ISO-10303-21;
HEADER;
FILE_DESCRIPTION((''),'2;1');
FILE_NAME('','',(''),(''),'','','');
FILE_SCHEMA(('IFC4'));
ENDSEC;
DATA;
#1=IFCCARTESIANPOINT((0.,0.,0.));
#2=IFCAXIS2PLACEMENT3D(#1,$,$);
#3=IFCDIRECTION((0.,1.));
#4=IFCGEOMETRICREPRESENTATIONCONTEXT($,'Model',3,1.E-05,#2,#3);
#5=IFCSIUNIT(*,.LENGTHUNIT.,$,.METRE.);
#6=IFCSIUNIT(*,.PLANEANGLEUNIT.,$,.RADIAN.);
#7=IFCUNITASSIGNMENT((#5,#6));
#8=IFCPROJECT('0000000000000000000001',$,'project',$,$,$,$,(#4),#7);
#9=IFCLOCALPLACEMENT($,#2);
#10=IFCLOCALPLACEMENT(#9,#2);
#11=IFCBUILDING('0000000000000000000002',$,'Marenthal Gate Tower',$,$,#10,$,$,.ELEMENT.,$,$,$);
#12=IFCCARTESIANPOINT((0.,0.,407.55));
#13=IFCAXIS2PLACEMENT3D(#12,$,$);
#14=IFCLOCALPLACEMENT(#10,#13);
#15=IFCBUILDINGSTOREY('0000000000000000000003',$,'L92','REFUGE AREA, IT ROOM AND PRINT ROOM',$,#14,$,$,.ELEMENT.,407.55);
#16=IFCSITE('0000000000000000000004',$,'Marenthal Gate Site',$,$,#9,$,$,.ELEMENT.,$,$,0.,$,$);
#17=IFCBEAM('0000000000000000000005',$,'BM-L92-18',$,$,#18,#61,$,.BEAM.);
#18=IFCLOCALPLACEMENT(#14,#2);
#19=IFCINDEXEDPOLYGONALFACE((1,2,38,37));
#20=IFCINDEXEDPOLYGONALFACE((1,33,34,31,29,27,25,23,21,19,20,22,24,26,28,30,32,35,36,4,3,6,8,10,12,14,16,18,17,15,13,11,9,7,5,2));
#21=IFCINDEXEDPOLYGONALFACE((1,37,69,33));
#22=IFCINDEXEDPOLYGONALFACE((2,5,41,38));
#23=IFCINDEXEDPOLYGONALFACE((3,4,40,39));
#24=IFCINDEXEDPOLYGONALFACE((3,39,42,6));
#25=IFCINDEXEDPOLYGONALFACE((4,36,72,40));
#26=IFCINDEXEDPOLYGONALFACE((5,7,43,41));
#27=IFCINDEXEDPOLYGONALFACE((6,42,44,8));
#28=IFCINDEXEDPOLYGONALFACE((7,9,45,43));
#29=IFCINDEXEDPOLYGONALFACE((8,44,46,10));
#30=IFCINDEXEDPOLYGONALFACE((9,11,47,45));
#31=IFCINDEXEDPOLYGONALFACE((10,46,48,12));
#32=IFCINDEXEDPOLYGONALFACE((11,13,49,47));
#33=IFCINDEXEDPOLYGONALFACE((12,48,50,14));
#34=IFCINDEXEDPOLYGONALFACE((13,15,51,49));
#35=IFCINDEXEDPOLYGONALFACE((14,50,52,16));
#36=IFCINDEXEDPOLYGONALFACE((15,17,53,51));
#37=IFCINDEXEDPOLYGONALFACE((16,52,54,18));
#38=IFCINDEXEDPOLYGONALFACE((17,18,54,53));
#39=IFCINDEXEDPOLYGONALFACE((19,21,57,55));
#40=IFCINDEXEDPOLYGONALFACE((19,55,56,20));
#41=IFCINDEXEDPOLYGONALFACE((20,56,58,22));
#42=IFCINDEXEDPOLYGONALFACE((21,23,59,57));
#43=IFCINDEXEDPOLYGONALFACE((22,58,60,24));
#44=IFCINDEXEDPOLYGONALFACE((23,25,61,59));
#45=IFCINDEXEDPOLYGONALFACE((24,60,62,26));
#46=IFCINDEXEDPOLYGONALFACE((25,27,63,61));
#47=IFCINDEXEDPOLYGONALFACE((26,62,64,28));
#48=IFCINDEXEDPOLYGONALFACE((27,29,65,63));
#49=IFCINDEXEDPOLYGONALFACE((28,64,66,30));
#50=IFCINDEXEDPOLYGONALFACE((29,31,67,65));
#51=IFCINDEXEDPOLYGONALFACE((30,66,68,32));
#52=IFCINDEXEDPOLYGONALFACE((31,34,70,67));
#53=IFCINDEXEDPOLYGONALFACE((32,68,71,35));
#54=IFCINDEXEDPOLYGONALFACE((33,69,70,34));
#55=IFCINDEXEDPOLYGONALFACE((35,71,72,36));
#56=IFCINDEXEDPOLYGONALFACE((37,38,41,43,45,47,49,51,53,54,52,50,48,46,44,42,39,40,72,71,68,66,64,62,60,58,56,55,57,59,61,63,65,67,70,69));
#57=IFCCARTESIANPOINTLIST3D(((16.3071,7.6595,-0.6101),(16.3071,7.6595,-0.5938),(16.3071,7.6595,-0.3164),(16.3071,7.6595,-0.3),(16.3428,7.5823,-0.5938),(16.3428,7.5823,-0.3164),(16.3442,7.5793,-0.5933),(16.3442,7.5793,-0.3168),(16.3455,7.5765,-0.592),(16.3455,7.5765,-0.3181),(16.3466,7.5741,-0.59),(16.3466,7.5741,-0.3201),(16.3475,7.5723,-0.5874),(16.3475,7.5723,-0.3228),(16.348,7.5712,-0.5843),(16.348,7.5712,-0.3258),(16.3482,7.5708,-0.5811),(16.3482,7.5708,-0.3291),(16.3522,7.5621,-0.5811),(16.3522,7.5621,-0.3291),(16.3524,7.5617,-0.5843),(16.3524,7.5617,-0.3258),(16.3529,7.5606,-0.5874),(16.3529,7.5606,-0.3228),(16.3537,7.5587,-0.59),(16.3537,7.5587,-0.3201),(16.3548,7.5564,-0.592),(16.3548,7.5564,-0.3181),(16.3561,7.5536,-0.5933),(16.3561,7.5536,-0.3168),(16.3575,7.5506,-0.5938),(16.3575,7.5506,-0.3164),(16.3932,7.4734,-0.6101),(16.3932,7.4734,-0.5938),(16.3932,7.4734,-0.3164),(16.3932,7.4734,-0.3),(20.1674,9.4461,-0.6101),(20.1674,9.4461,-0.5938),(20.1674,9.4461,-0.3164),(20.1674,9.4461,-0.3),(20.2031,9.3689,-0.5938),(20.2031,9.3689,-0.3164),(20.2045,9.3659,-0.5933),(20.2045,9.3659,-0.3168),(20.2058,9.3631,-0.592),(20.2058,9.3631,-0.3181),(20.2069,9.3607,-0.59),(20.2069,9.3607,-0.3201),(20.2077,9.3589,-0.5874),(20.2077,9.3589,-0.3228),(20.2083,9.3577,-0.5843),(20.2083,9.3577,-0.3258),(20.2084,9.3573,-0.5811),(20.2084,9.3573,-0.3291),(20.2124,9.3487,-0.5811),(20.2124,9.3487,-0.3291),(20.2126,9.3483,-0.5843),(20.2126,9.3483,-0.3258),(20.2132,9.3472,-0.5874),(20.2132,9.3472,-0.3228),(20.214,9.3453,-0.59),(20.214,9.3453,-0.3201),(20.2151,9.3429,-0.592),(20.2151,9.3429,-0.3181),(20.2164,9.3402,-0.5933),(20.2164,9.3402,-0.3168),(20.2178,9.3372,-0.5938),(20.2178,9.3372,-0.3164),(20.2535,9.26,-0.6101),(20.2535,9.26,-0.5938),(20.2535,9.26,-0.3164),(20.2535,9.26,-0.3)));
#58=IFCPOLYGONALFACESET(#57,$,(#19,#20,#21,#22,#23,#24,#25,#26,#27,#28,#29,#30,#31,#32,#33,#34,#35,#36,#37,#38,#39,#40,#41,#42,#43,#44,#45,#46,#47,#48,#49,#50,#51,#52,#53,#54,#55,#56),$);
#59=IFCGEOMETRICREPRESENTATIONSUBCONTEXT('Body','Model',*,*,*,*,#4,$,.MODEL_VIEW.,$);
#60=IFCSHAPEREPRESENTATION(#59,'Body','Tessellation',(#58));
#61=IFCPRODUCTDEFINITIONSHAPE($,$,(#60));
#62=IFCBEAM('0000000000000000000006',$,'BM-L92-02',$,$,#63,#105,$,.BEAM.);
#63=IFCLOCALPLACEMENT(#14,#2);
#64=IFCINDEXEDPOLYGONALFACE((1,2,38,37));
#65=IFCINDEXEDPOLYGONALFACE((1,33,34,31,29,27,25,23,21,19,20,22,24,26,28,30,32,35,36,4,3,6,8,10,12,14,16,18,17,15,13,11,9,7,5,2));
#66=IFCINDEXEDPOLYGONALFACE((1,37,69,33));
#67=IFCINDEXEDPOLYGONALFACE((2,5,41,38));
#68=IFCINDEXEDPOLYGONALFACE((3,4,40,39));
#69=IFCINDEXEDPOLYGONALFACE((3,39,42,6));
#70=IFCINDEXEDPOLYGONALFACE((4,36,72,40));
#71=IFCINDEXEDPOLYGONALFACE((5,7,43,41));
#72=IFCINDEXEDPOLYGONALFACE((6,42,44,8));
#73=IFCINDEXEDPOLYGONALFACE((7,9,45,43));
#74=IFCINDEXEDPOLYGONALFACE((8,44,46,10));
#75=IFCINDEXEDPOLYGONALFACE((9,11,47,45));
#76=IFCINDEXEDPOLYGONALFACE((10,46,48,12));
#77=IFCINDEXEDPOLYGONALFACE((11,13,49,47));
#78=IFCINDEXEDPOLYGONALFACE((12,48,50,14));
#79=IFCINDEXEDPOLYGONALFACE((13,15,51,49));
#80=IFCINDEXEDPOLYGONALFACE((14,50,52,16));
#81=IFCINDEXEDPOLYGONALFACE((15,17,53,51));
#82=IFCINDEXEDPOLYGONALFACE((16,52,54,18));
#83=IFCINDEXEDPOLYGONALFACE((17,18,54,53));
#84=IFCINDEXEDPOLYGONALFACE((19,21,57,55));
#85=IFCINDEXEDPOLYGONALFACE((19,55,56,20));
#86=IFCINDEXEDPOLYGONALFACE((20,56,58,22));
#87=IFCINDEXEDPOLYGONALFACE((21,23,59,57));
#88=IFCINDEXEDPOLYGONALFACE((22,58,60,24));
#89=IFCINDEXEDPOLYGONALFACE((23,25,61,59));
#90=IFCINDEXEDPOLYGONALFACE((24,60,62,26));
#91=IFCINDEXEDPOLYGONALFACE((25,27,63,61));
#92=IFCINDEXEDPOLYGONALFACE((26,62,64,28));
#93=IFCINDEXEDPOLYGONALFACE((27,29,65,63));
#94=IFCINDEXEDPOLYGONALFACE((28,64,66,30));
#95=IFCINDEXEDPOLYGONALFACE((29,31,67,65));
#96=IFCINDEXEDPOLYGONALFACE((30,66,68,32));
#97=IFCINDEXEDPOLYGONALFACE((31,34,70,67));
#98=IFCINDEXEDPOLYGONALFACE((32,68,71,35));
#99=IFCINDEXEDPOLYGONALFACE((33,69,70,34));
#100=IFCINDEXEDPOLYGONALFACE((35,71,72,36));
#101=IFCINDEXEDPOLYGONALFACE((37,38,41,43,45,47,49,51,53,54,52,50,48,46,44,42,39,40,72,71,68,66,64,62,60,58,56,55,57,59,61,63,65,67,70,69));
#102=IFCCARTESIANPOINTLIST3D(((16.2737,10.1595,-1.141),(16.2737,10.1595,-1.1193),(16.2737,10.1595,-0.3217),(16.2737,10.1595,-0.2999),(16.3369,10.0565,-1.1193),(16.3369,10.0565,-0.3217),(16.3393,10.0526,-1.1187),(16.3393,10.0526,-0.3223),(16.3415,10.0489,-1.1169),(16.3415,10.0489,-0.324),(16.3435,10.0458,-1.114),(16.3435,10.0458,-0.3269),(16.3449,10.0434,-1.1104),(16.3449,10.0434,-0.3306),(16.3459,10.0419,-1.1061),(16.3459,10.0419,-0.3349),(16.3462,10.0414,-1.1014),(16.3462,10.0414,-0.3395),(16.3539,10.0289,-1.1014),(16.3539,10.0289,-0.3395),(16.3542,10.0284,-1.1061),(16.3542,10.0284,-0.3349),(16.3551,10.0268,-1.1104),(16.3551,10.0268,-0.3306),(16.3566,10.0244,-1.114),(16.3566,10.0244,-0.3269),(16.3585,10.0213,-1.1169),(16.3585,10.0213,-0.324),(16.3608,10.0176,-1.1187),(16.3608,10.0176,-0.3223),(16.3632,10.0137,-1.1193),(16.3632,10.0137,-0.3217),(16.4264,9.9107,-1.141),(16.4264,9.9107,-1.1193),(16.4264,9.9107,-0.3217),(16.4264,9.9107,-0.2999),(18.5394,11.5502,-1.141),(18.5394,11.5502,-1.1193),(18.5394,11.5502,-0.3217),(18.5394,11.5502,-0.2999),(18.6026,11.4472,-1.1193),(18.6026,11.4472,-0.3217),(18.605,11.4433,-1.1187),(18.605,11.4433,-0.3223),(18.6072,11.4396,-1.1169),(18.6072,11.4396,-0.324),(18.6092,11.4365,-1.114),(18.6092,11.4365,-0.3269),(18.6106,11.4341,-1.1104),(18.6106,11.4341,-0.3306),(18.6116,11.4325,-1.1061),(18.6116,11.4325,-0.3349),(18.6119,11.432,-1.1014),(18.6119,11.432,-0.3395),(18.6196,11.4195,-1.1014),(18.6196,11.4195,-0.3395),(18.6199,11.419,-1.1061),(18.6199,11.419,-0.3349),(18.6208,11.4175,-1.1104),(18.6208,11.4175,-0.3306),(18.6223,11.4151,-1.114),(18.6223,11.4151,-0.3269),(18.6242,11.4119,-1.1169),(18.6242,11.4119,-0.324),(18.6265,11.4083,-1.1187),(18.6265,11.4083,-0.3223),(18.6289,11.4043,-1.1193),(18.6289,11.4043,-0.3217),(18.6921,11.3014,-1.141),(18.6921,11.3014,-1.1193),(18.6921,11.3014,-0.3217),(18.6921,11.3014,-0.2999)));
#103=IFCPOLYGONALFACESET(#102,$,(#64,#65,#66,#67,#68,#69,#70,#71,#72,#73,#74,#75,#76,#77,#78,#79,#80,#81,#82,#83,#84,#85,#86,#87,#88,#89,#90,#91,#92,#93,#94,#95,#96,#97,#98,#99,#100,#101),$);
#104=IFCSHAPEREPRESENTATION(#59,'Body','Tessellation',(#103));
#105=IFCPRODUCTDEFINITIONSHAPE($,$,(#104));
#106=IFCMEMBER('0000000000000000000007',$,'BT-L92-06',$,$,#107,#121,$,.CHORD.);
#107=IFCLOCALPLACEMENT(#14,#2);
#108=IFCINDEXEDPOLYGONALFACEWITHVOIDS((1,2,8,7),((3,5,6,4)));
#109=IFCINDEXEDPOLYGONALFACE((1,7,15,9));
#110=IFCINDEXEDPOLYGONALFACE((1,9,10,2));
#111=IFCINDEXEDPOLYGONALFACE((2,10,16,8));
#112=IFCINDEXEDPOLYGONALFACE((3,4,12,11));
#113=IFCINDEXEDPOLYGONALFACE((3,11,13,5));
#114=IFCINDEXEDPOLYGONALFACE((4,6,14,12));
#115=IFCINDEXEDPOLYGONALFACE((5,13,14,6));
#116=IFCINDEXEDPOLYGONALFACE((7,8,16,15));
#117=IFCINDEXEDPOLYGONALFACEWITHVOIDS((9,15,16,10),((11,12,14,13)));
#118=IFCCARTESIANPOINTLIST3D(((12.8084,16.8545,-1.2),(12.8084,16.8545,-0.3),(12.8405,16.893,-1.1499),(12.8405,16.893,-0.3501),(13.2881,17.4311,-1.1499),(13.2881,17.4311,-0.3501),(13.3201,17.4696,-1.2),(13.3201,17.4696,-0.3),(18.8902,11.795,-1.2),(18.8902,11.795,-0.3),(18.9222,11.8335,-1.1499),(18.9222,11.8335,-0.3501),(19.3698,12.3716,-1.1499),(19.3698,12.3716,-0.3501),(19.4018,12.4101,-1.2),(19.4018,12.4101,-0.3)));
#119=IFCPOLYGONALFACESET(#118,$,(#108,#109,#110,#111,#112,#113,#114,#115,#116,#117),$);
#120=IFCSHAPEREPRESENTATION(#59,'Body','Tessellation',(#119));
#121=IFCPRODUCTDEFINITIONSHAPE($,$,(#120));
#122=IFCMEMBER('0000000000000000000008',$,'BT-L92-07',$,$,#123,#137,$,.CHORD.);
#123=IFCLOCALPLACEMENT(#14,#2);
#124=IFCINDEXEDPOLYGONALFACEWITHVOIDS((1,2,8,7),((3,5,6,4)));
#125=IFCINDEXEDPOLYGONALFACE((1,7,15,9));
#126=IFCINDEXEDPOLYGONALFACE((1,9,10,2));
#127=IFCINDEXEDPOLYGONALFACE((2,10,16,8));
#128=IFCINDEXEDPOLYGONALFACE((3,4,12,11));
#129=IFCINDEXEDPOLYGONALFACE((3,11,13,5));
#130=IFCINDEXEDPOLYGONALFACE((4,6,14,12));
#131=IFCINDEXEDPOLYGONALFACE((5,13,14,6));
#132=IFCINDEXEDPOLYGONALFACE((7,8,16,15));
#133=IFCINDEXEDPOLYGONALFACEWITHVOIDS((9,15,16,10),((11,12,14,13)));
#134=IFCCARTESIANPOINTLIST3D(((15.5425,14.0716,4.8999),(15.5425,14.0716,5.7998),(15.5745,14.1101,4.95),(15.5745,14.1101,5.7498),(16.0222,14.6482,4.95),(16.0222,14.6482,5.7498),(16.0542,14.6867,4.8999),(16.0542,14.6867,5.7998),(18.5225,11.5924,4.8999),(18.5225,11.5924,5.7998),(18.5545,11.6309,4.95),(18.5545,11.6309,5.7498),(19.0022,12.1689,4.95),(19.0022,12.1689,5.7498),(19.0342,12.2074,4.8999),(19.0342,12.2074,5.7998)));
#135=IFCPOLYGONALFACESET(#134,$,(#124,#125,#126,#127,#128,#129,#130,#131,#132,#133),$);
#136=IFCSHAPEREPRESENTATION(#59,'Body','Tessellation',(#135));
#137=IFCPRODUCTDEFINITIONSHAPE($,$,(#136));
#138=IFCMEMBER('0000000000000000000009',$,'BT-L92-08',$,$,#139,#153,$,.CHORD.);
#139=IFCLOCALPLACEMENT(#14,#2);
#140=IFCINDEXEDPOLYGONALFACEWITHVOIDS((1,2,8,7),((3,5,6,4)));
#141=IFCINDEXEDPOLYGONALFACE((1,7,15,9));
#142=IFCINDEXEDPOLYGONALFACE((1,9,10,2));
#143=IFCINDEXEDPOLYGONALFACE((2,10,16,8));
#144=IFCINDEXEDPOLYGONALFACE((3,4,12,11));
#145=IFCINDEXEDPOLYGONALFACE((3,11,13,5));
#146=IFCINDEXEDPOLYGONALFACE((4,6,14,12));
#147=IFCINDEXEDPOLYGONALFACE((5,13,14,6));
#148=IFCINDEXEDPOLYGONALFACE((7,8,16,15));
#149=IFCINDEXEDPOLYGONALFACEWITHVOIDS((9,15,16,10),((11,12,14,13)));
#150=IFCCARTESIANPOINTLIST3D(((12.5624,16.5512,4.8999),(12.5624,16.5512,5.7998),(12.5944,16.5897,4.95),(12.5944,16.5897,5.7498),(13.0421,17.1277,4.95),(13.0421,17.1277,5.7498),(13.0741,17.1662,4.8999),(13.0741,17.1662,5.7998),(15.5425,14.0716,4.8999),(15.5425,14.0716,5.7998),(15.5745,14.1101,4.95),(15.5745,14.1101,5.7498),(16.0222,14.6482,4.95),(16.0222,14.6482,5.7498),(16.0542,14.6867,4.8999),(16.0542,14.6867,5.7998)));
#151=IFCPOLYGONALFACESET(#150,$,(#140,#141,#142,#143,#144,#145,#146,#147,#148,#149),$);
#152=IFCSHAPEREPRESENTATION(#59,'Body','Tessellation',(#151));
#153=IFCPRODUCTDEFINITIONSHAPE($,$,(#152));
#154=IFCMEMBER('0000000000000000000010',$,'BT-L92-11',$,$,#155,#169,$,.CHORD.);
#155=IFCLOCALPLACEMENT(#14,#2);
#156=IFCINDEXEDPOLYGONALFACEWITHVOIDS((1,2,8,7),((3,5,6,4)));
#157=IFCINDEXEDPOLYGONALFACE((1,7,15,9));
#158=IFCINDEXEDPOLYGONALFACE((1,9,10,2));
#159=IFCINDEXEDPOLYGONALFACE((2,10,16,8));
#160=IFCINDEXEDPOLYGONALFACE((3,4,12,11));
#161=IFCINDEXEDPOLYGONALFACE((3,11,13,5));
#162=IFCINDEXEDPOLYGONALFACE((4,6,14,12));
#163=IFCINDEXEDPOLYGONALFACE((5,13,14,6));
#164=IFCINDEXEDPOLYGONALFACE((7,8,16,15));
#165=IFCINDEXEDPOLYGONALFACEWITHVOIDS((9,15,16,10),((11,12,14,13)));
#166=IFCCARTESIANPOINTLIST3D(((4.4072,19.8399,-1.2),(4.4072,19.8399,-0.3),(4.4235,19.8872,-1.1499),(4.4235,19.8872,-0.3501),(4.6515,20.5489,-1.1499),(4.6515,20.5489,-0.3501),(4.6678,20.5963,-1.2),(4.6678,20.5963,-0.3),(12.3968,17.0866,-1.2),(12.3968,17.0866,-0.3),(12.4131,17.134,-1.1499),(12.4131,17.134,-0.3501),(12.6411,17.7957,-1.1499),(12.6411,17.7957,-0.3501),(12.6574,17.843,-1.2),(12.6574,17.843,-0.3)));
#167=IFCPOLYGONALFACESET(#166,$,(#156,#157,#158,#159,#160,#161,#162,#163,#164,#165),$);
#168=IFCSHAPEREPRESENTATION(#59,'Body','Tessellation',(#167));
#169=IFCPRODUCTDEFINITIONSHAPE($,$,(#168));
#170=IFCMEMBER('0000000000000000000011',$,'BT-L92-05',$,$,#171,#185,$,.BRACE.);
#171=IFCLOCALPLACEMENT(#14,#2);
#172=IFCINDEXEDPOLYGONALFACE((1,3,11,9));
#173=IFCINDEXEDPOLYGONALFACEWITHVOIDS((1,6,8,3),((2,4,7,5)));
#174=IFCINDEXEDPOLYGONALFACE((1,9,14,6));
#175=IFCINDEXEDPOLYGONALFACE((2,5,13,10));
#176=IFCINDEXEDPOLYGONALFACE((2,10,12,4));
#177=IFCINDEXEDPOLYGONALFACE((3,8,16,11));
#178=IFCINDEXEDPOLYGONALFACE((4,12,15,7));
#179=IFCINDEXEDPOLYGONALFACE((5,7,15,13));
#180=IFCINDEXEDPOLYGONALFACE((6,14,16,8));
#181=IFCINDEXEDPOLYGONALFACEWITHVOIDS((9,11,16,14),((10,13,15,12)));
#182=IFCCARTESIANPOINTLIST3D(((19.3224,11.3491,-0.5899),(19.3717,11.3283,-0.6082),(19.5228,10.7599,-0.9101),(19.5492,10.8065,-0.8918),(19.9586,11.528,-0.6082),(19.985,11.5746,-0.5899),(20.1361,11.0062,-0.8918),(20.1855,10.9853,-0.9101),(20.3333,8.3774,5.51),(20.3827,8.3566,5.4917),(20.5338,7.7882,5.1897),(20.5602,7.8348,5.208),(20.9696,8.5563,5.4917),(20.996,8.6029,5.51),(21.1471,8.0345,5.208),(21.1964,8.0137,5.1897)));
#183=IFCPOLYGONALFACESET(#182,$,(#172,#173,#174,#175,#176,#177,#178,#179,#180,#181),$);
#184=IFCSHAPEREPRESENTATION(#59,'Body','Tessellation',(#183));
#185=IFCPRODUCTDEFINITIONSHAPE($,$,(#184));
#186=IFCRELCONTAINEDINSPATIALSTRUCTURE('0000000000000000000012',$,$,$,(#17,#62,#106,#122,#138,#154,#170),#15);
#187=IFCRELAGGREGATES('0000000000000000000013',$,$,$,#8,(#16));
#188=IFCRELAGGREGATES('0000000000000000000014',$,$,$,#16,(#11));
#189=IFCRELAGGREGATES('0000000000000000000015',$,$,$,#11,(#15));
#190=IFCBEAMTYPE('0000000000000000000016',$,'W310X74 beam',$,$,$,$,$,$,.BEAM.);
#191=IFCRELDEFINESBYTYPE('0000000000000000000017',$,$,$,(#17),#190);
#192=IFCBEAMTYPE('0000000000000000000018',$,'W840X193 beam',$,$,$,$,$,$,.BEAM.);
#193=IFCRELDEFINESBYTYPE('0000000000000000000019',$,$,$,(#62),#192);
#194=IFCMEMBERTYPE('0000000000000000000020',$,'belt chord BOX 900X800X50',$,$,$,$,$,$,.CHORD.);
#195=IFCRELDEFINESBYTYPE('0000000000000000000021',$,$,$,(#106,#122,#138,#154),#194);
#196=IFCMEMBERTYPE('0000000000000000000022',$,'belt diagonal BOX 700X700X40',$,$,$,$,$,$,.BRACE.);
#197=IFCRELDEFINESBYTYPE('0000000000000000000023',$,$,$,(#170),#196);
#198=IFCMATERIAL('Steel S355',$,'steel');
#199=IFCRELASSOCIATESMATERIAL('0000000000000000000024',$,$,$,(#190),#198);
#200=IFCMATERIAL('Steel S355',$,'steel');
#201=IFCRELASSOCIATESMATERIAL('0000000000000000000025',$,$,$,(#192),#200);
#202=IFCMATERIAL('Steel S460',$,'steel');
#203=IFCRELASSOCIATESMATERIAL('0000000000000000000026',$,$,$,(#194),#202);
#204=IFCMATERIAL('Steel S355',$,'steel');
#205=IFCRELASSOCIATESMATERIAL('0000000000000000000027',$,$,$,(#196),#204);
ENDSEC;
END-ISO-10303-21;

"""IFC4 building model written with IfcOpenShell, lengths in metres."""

from ifc_helpers import new_model, si_unit, direction, frame, origin, origin_2d, place, context, subcontext, project, spatial, hollow_rectangle, i_section, extrude, material, material_profile, profile_set, type_object, element, save


model = new_model("IFC4")

# Units and contexts
model_context = context("Model", 3, precision=1e-05, world=origin(), true_north=direction((0.0, 1.0)))
body_context = subcontext(model_context, "Body", "Model", "MODEL_VIEW")
ifc_project = project(units=[si_unit("LENGTHUNIT", "METRE"), si_unit("PLANEANGLEUNIT", "RADIAN")], contexts=[model_context])

# Site, building, storey
site_placement = place(None, origin())
site = spatial("IfcSite", under=ifc_project, at=site_placement, Name="Marenthal Gate Site", CompositionType="ELEMENT", RefElevation=0.0)
building_placement = place(site_placement, origin())
building = spatial("IfcBuilding", under=site, at=building_placement, Name="Marenthal Gate Tower", CompositionType="ELEMENT")
storey_placement = place(building_placement, frame((0.0, 0.0, 407.55)))
storey = spatial("IfcBuildingStorey", under=building, at=storey_placement, Name="L92", Description="REFUGE AREA, IT ROOM AND PRINT ROOM", CompositionType="ELEMENT", Elevation=407.55)

# Beams
ifc_material_1 = material(Name="Steel S355", Category="steel")
ifc_material_profile_1 = material_profile(ifc_material_1, i_section(OverallWidth=0.2051, OverallDepth=0.3101, WebThickness=0.0095, FlangeThickness=0.0164, FilletRadius=0.0127, at=origin_2d()), Name="W310X74")
ifc_profile_set_1 = profile_set([ifc_material_profile_1], Name="Steel S355")
beam_type_1 = type_object("IfcBeamType", Name="W310X74 beam", PredefinedType="BEAM", material=ifc_profile_set_1)
beam_1_placement = place(storey_placement, frame((20.2104, 9.353, -0.4551), z_axis=(-0.907519, -0.420012, 0.0), x_axis=(0.420012, -0.907519, 0.0)))
element("IfcBeam", 1, at=beam_1_placement, inside=storey, type_object=beam_type_1, Name="BM-L92-18", PredefinedType="BEAM", context=body_context, shape_type="SweptSolid", body=[
    extrude(i_section(OverallWidth=0.2051, OverallDepth=0.3101, WebThickness=0.0095, FlangeThickness=0.0164, FilletRadius=0.0127, at=origin_2d()), origin(), (0.0, 0.0, 1.0), 4.2537),
])
ifc_material_2 = material(Name="Steel S355", Category="steel")
ifc_material_profile_2 = material_profile(ifc_material_2, i_section(OverallWidth=0.292, OverallDepth=0.8411, WebThickness=0.0146, FlangeThickness=0.0217, FilletRadius=0.0178, at=origin_2d()), Name="W840X193")
ifc_profile_set_2 = profile_set([ifc_material_profile_2], Name="Steel S355")
beam_type_2 = type_object("IfcBeamType", Name="W840X193 beam", PredefinedType="BEAM", material=ifc_profile_set_2)
beam_2_placement = place(storey_placement, frame((18.6157, 11.4258, -0.7205), z_axis=(-0.852263, -0.523113, 0.0), x_axis=(0.523113, -0.852263, 0.0)))
element("IfcBeam", 2, at=beam_2_placement, inside=storey, type_object=beam_type_2, Name="BM-L92-02", PredefinedType="BEAM", context=body_context, shape_type="SweptSolid", body=[
    extrude(i_section(OverallWidth=0.292, OverallDepth=0.8411, WebThickness=0.0146, FlangeThickness=0.0217, FilletRadius=0.0178, at=origin_2d()), origin(), (0.0, 0.0, 1.0), 2.6584),
])

# Members
ifc_material_3 = material(Name="Steel S460", Category="steel")
ifc_material_profile_3 = material_profile(ifc_material_3, hollow_rectangle(XDim=0.8, YDim=0.8999, WallThickness=0.05, at=origin_2d()), Name="BOX 900X800X50")
ifc_profile_set_3 = profile_set([ifc_material_profile_3], Name="Steel S460")
member_type_1 = type_object("IfcMemberType", Name="belt chord BOX 900X800X50", PredefinedType="CHORD", material=ifc_profile_set_3)
member_1_placement = place(storey_placement, frame((19.146, 12.1025, -0.75), z_axis=(-0.768755, 0.639544, 0.0), x_axis=(-0.639544, -0.768755, 0.0)))
element("IfcMember", 3, at=member_1_placement, inside=storey, type_object=member_type_1, Name="BT-L92-06", PredefinedType="CHORD", context=body_context, shape_type="SweptSolid", body=[
    extrude(hollow_rectangle(XDim=0.8, YDim=0.8999, WallThickness=0.05, at=origin_2d()), origin(), (0.0, 0.0, 1.0), 7.9111),
])
member_2_placement = place(storey_placement, frame((18.7783, 11.8999, 5.3499), z_axis=(-0.768737, 0.639565, 0.0), x_axis=(-0.639565, -0.768737, 0.0)))
element("IfcMember", 4, at=member_2_placement, inside=storey, type_object=member_type_1, Name="BT-L92-07", PredefinedType="CHORD", context=body_context, shape_type="SweptSolid", body=[
    extrude(hollow_rectangle(XDim=0.8, YDim=0.8999, WallThickness=0.05, at=origin_2d()), origin(), (0.0, 0.0, 1.0), 3.8765),
])
member_3_placement = place(storey_placement, frame((15.7983, 14.3792, 5.3499), z_axis=(-0.768706, 0.639602, 0.0), x_axis=(-0.639602, -0.768706, 0.0)))
element("IfcMember", 5, at=member_3_placement, inside=storey, type_object=member_type_1, Name="BT-L92-08", PredefinedType="CHORD", context=body_context, shape_type="SweptSolid", body=[
    extrude(hollow_rectangle(XDim=0.8, YDim=0.8999, WallThickness=0.05, at=origin_2d()), origin(), (0.0, 0.0, 1.0), 3.8767),
])
member_4_placement = place(storey_placement, frame((12.5271, 17.4648, -0.75), z_axis=(-0.94544, 0.325797, 0.0), x_axis=(-0.325797, -0.94544, 0.0)))
element("IfcMember", 6, at=member_4_placement, inside=storey, type_object=member_type_1, Name="BT-L92-11", PredefinedType="CHORD", context=body_context, shape_type="SweptSolid", body=[
    extrude(hollow_rectangle(XDim=0.8, YDim=0.8999, WallThickness=0.05, at=origin_2d()), origin(), (0.0, 0.0, 1.0), 8.4507),
])
ifc_material_4 = material(Name="Steel S355", Category="steel")
ifc_material_profile_4 = material_profile(ifc_material_4, hollow_rectangle(XDim=0.7, YDim=0.7, WallThickness=0.04, at=origin_2d()), Name="BOX 700X700X40")
ifc_profile_set_4 = profile_set([ifc_material_profile_4], Name="Steel S355")
member_type_2 = type_object("IfcMemberType", Name="belt diagonal BOX 700X700X40", PredefinedType="BRACE", material=ifc_profile_set_4)
member_5_placement = place(storey_placement, frame((20.7649, 8.1956, 5.3499), z_axis=(-0.147372, 0.433182, -0.889176), x_axis=(-0.946713, -0.322078, 0.0)))
element("IfcMember", 7, at=member_5_placement, inside=storey, type_object=member_type_2, Name="BT-L92-05", PredefinedType="BRACE", context=body_context, shape_type="SweptSolid", body=[
    extrude(hollow_rectangle(XDim=0.7, YDim=0.7, WallThickness=0.04, at=origin_2d()), origin(), (0.0, 0.0, 1.0), 6.8601),
])

save(model, "model.ifc")
